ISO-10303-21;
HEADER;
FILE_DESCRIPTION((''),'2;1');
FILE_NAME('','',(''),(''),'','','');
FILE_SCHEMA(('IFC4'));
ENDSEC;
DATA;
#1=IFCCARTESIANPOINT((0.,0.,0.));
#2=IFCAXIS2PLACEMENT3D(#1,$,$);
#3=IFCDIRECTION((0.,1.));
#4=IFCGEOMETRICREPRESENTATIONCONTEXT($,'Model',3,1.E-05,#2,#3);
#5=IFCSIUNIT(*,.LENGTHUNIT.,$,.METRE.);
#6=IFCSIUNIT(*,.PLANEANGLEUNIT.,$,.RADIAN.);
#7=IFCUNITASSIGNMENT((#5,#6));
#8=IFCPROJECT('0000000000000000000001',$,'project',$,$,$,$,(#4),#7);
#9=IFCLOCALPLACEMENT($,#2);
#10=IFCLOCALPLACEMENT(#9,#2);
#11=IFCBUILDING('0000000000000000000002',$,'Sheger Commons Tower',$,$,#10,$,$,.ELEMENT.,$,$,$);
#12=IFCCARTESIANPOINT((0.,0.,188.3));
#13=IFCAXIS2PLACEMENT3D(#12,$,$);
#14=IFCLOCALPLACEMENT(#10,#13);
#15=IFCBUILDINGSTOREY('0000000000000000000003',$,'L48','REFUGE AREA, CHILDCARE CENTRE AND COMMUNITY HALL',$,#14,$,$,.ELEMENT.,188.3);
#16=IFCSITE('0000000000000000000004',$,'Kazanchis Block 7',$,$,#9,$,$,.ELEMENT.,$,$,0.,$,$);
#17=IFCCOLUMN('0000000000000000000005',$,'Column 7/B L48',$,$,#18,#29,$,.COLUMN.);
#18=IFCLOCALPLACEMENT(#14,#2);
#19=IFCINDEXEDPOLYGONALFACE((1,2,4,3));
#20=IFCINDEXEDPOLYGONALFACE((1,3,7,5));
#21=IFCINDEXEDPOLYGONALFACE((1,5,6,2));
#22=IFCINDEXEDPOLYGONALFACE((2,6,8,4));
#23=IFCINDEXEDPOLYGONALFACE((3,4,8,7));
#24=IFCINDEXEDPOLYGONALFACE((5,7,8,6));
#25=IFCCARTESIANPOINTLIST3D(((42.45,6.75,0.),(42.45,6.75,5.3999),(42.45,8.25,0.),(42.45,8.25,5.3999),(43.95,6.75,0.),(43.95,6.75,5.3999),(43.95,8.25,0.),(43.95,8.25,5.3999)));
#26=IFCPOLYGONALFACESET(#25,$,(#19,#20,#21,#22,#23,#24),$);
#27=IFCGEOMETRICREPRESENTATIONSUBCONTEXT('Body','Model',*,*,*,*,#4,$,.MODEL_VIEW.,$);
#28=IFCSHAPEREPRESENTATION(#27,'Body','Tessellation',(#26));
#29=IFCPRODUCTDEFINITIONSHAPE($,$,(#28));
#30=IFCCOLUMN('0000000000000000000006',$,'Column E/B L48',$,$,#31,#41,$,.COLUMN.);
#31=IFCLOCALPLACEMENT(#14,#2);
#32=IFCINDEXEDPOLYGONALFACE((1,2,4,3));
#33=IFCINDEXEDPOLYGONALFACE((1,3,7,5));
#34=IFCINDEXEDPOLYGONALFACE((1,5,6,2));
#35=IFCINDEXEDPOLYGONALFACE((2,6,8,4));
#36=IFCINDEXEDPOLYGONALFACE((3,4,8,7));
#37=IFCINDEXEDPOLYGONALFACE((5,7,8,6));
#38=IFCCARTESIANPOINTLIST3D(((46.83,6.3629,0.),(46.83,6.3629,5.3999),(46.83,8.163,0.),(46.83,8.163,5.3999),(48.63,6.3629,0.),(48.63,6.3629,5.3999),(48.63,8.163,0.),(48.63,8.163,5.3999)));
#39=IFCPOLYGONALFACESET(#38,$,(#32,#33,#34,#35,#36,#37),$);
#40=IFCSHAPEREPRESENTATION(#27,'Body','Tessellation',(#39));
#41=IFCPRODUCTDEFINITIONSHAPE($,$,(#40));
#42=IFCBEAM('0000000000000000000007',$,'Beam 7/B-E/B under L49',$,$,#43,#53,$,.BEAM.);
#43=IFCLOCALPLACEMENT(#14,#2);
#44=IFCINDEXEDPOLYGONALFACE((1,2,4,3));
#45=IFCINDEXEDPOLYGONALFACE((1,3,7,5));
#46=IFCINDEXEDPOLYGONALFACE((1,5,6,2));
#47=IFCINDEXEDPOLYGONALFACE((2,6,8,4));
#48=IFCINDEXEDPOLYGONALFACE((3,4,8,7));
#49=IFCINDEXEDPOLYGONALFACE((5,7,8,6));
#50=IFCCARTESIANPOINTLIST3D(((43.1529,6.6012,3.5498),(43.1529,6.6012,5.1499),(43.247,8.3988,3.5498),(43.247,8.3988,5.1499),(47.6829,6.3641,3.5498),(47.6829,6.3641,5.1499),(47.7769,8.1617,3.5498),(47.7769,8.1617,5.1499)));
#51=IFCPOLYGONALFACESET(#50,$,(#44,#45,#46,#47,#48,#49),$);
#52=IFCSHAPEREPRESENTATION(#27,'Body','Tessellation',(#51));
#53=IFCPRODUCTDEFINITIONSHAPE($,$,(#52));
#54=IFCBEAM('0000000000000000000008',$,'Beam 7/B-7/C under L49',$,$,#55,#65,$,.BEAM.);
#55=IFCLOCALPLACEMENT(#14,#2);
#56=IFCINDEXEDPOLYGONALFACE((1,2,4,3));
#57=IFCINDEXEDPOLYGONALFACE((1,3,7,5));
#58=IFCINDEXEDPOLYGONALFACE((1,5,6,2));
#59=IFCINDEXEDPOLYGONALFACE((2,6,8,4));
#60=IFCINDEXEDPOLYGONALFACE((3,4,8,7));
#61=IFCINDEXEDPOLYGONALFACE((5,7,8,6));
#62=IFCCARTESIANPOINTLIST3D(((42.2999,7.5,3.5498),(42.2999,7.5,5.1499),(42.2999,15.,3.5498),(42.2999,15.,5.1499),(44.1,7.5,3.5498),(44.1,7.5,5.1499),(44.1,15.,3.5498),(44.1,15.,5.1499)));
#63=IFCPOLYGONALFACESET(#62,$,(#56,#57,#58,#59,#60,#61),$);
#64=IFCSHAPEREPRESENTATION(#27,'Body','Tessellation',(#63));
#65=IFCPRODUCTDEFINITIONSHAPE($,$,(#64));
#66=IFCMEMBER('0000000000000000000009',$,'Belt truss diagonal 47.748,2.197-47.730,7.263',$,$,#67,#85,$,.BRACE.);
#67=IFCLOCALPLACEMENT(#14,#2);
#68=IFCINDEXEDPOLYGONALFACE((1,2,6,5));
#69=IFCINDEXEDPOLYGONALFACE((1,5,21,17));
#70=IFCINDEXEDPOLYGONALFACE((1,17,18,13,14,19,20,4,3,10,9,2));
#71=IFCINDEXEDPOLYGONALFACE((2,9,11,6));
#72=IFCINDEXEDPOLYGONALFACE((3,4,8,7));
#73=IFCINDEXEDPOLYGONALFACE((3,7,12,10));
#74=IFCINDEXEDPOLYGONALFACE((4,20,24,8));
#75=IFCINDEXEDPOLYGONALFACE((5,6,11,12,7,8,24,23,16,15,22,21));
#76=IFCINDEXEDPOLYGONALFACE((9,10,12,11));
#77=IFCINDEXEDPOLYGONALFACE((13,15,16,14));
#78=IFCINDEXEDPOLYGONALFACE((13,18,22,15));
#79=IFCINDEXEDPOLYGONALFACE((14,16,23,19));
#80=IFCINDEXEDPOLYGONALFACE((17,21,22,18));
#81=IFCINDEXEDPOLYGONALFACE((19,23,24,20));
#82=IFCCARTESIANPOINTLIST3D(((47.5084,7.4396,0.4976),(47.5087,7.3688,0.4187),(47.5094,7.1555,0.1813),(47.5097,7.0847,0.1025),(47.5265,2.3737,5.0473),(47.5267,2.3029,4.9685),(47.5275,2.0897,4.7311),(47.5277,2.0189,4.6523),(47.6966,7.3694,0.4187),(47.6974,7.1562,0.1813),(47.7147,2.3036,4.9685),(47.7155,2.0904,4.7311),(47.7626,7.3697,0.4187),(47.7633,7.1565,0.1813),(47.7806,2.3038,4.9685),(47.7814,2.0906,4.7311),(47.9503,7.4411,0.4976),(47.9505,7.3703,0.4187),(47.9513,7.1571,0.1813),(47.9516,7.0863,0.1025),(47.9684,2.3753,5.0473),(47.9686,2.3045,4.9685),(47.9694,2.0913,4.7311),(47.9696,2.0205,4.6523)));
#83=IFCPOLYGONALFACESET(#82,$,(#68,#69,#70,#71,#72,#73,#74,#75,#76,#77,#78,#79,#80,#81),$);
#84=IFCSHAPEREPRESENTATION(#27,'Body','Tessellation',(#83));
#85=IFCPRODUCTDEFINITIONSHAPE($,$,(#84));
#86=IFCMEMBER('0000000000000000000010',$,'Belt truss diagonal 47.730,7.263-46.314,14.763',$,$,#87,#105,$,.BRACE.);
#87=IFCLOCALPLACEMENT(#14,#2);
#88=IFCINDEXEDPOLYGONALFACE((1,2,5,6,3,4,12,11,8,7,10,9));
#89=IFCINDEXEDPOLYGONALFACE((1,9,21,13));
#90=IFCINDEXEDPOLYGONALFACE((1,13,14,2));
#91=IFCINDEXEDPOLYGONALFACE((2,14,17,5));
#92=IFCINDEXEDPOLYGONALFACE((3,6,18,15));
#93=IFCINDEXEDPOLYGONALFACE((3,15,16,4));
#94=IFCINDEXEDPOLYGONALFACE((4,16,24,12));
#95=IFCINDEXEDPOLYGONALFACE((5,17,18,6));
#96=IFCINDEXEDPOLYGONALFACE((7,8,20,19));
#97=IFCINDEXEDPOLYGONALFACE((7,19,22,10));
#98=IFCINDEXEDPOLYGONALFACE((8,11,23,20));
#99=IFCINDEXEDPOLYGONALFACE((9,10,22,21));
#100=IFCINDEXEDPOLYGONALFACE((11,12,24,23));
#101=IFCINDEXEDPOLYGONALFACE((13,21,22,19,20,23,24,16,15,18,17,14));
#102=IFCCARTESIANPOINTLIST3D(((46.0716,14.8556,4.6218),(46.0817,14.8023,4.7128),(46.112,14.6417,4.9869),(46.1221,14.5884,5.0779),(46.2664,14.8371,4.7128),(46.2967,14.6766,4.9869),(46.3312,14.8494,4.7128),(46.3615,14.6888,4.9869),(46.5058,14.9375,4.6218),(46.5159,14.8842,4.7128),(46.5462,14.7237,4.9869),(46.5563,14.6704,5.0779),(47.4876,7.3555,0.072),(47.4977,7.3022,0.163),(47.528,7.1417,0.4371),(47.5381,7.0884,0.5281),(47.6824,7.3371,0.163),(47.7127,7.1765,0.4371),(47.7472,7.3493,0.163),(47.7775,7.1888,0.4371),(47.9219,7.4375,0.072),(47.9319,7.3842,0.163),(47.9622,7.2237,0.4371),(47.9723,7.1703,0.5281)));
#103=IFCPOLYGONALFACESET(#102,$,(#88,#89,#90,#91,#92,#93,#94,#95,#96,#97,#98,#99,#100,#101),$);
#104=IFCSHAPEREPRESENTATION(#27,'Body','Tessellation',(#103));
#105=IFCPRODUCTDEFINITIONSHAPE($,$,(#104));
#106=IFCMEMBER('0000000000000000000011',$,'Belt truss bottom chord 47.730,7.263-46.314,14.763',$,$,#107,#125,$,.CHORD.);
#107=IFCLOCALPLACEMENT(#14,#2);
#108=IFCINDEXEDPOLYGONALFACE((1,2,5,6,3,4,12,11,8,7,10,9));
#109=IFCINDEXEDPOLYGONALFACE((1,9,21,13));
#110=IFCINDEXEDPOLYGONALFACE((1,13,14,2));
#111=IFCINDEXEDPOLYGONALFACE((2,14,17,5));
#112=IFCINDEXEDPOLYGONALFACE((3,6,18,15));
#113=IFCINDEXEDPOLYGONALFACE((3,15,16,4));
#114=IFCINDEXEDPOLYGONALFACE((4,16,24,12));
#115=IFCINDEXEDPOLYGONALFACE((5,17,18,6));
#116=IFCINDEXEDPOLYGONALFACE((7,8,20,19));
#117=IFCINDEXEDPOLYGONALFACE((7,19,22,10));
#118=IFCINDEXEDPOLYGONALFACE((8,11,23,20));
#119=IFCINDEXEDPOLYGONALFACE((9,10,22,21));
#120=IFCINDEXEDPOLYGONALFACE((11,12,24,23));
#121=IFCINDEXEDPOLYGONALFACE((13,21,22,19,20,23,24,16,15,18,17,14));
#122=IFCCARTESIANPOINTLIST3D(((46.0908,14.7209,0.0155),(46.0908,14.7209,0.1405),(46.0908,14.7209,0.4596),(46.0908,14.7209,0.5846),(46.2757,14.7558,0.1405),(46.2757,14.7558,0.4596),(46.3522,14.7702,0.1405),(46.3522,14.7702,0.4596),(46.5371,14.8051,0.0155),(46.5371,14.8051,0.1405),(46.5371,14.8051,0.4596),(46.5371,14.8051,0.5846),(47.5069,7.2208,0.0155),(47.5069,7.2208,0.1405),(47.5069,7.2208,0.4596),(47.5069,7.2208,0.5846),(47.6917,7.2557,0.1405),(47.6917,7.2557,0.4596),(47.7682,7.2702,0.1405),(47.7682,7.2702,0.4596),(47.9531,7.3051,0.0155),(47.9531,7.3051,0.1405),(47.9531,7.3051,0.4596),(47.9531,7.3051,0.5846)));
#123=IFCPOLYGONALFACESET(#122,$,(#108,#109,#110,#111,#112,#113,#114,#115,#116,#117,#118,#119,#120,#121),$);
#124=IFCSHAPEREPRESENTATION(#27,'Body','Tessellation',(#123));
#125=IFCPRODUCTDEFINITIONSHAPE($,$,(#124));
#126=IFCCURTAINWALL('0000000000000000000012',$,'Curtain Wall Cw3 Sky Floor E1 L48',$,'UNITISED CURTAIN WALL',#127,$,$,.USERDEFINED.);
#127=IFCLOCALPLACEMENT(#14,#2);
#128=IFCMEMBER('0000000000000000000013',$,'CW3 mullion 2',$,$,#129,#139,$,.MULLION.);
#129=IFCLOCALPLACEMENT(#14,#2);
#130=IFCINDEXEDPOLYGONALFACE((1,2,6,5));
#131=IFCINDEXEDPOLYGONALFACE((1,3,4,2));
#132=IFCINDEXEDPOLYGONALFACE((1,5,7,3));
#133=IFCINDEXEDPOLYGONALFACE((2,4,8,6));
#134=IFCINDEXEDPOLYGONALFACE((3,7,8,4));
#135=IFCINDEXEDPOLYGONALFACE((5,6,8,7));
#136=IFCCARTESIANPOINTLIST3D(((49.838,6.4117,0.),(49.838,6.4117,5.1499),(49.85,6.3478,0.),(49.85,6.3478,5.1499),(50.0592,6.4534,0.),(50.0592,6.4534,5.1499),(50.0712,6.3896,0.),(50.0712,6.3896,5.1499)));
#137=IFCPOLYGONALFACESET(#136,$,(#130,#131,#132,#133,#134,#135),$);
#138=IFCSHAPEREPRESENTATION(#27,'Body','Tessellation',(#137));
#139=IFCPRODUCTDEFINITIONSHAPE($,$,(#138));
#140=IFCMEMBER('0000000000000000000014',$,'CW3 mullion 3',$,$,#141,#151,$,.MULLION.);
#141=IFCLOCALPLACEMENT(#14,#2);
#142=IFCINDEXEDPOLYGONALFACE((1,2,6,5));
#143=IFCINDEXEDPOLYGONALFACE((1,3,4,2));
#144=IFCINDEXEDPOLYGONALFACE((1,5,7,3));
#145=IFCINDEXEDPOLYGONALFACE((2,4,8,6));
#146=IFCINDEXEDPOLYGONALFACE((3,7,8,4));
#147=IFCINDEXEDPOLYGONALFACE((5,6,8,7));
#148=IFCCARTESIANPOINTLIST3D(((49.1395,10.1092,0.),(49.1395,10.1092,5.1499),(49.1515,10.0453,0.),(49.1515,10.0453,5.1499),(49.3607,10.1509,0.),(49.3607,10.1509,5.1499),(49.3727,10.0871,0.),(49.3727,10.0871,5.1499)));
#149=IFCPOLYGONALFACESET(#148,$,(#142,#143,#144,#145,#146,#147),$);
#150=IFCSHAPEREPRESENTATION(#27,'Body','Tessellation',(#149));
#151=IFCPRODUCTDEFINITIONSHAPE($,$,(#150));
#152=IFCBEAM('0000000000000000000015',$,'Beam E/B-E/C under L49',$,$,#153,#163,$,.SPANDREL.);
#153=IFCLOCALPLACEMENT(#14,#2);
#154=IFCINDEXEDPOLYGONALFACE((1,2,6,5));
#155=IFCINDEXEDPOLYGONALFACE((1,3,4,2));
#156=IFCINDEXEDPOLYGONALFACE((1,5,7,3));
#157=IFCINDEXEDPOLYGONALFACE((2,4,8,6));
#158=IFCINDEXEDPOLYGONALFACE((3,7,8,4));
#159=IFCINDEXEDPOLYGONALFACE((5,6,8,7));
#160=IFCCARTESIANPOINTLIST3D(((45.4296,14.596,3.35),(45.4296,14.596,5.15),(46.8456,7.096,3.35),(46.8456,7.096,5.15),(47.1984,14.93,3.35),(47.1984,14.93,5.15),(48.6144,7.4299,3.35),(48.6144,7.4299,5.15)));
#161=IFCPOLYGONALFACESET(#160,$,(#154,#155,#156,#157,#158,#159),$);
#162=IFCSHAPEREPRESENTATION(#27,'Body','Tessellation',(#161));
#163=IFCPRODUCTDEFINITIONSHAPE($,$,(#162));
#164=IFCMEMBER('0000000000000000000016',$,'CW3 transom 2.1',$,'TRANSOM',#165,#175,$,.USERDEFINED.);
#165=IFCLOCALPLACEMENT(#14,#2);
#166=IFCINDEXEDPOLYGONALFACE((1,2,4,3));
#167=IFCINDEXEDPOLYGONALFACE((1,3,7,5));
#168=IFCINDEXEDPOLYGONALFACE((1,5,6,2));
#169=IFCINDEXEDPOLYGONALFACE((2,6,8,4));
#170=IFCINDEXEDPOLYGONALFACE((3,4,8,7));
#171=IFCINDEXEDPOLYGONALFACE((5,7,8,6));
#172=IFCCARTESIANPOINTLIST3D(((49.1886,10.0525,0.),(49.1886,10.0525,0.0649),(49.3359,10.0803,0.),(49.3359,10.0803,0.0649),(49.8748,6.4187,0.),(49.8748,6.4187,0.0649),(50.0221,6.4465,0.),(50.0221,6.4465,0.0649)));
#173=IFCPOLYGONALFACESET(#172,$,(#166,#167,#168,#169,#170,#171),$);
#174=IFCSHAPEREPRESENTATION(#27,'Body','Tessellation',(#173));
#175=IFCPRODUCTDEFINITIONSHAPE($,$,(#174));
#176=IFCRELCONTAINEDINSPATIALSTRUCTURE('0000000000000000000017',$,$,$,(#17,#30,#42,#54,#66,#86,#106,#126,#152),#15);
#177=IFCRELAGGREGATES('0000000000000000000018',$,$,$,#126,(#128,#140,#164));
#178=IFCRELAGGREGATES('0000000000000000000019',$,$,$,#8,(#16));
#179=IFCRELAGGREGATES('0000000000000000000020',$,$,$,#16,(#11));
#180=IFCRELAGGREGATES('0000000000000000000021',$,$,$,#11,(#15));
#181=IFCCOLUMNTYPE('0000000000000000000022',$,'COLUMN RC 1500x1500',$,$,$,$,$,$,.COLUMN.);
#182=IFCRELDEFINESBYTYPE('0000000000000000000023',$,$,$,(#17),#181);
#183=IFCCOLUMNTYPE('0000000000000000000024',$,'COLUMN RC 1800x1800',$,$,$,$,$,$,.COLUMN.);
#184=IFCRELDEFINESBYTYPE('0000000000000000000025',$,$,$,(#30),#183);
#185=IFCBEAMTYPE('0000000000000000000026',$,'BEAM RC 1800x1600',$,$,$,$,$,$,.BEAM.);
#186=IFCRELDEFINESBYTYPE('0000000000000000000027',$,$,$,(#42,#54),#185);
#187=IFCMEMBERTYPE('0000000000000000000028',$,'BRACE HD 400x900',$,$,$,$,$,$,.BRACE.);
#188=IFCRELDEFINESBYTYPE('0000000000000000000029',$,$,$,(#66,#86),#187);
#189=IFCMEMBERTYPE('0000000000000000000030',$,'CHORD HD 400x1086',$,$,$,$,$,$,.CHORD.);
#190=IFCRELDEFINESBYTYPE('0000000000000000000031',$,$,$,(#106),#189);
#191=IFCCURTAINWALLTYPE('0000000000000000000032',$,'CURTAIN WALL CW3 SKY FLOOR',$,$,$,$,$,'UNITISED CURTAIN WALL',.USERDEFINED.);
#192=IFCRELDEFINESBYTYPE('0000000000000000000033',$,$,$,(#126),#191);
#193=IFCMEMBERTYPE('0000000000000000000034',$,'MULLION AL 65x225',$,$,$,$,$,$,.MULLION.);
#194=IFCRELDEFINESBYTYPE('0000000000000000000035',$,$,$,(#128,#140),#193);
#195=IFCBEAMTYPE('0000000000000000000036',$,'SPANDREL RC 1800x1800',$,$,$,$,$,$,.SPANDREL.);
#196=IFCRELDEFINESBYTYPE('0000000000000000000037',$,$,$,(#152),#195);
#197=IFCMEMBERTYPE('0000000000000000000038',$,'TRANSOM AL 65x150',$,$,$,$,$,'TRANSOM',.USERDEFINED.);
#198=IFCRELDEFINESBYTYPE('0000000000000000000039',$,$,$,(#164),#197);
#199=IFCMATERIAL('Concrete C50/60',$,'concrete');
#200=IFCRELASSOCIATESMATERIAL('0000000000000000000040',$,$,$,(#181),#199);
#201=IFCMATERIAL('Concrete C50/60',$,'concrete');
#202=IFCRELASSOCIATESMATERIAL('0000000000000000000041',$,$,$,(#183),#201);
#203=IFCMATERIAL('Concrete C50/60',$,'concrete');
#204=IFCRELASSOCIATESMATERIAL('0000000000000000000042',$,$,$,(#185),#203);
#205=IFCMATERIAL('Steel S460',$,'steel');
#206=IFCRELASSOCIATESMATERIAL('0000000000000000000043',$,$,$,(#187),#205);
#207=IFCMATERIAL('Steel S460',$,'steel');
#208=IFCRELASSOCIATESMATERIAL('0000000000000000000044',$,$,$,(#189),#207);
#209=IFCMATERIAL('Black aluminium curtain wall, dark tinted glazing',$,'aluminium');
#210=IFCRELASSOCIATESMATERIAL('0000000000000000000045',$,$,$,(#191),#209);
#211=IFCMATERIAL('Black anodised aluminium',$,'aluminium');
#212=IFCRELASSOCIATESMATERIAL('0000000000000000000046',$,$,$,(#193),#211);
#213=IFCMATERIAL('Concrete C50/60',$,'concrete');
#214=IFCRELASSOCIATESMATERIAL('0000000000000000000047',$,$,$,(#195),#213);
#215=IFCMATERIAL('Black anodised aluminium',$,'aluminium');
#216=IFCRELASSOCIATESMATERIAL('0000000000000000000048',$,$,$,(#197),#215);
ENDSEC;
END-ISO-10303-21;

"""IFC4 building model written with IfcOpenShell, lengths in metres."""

from ifc_helpers import new_model, si_unit, direction, frame, origin, origin_2d, place, context, subcontext, project, spatial, rectangle, i_section, extrude, material, material_profile, profile_set, type_object, element, aggregate, save


model = new_model("IFC4")

# Units and contexts
model_context = context("Model", 3, precision=1e-05, world=origin(), true_north=direction((0.0, 1.0)))
body_context = subcontext(model_context, "Body", "Model", "MODEL_VIEW")
ifc_project = project(units=[si_unit("LENGTHUNIT", "METRE"), si_unit("PLANEANGLEUNIT", "RADIAN")], contexts=[model_context])

# Site, building, storey
site_placement = place(None, origin())
site = spatial("IfcSite", under=ifc_project, at=site_placement, Name="Kazanchis Block 7", CompositionType="ELEMENT", RefElevation=0.0)
building_placement = place(site_placement, origin())
building = spatial("IfcBuilding", under=site, at=building_placement, Name="Sheger Commons Tower", CompositionType="ELEMENT")
storey_placement = place(building_placement, frame((0.0, 0.0, 188.3)))
storey = spatial("IfcBuildingStorey", under=building, at=storey_placement, Name="L48", Description="REFUGE AREA, CHILDCARE CENTRE AND COMMUNITY HALL", CompositionType="ELEMENT", Elevation=188.3)

# Columns
ifc_material_1 = material(Name="Concrete C50/60", Category="concrete")
ifc_material_profile_1 = material_profile(ifc_material_1, rectangle(XDim=1.5, YDim=1.5, at=origin_2d()), Name="RC 1500x1500")
ifc_profile_set_1 = profile_set([ifc_material_profile_1], Name="Concrete C50/60")
column_type_1 = type_object("IfcColumnType", Name="COLUMN RC 1500x1500", PredefinedType="COLUMN", material=ifc_profile_set_1)
column_1_placement = place(storey_placement, frame((43.2, 7.5, 0.0), z_axis=(0.0, 0.0, 1.0), x_axis=(1.0, 0.0, 0.0)))
element("IfcColumn", 1, at=column_1_placement, inside=storey, type_object=column_type_1, Name="Column 7/B L48", PredefinedType="COLUMN", context=body_context, shape_type="SweptSolid", body=[
    extrude(rectangle(XDim=1.5, YDim=1.5, at=origin_2d()), origin(), (0.0, 0.0, 1.0), 5.3999),
])
ifc_material_2 = material(Name="Concrete C50/60", Category="concrete")
ifc_material_profile_2 = material_profile(ifc_material_2, rectangle(XDim=1.8, YDim=1.8, at=origin_2d()), Name="RC 1800x1800")
ifc_profile_set_2 = profile_set([ifc_material_profile_2], Name="Concrete C50/60")
column_type_2 = type_object("IfcColumnType", Name="COLUMN RC 1800x1800", PredefinedType="COLUMN", material=ifc_profile_set_2)
column_2_placement = place(storey_placement, frame((47.73, 7.2629, 0.0), z_axis=(0.0, 0.0, 1.0), x_axis=(1.0, 0.0, 0.0)))
element("IfcColumn", 2, at=column_2_placement, inside=storey, type_object=column_type_2, Name="Column E/B L48", PredefinedType="COLUMN", context=body_context, shape_type="SweptSolid", body=[
    extrude(rectangle(XDim=1.8, YDim=1.8, at=origin_2d()), origin(), (0.0, 0.0, 1.0), 5.3999),
])

# Beams
ifc_material_3 = material(Name="Concrete C50/60", Category="concrete")
ifc_material_profile_3 = material_profile(ifc_material_3, rectangle(XDim=1.8, YDim=1.6001, at=origin_2d()), Name="RC 1800x1600")
ifc_profile_set_3 = profile_set([ifc_material_profile_3], Name="Concrete C50/60")
beam_type_1 = type_object("IfcBeamType", Name="BEAM RC 1800x1600", PredefinedType="BEAM", material=ifc_profile_set_3)
beam_1_placement = place(storey_placement, frame((43.2, 7.5, 4.3499), z_axis=(0.998634, -0.052259, 0.0), x_axis=(0.052259, 0.998634, 0.0)))
element("IfcBeam", 3, at=beam_1_placement, inside=storey, type_object=beam_type_1, Name="Beam 7/B-E/B under L49", PredefinedType="BEAM", context=body_context, shape_type="SweptSolid", body=[
    extrude(rectangle(XDim=1.8, YDim=1.6001, at=origin_2d()), origin(), (0.0, 0.0, 1.0), 4.5361),
])
beam_2_placement = place(storey_placement, frame((43.2, 7.5, 4.3499), z_axis=(0.0, 1.0, 0.0), x_axis=(-1.0, 0.0, 0.0)))
element("IfcBeam", 4, at=beam_2_placement, inside=storey, type_object=beam_type_1, Name="Beam 7/B-7/C under L49", PredefinedType="BEAM", context=body_context, shape_type="SweptSolid", body=[
    extrude(rectangle(XDim=1.8, YDim=1.6001, at=origin_2d()), origin(), (0.0, 0.0, 1.0), 7.5),
])

# Members
ifc_material_4 = material(Name="Steel S460", Category="steel")
ifc_material_profile_4 = material_profile(ifc_material_4, i_section(OverallWidth=0.4419, OverallDepth=0.531, WebThickness=0.0659, FlangeThickness=0.106, at=origin_2d()), Name="HD 400x900")
ifc_profile_set_4 = profile_set([ifc_material_profile_4], Name="Steel S460")
member_type_1 = type_object("IfcMemberType", Name="BRACE HD 400x900", PredefinedType="BRACE", material=ifc_profile_set_4)
member_1_placement = place(storey_placement, frame((47.73, 7.2629, 0.3), z_axis=(0.002653, -0.743986, 0.668189), x_axis=(0.999994, 0.003566, 0.0)))
element("IfcMember", 5, at=member_1_placement, inside=storey, type_object=member_type_1, Name="Belt truss diagonal 47.748,2.197-47.730,7.263", PredefinedType="BRACE", context=body_context, shape_type="SweptSolid", body=[
    extrude(i_section(OverallWidth=0.4419, OverallDepth=0.531, WebThickness=0.0659, FlangeThickness=0.106, at=origin_2d()), origin(), (0.0, 0.0, 1.0), 6.8091),
])
member_2_placement = place(storey_placement, frame((47.73, 7.2629, 0.3), z_axis=(-0.159359, 0.844052, 0.512036), x_axis=(-0.98264, -0.185524, 0.0)))
element("IfcMember", 6, at=member_2_placement, inside=storey, type_object=member_type_1, Name="Belt truss diagonal 47.730,7.263-46.314,14.763", PredefinedType="BRACE", context=body_context, shape_type="SweptSolid", body=[
    extrude(i_section(OverallWidth=0.4419, OverallDepth=0.531, WebThickness=0.0659, FlangeThickness=0.106, at=origin_2d()), origin(), (0.0, 0.0, 1.0), 8.8857),
])
ifc_material_5 = material(Name="Steel S460", Category="steel")
ifc_material_profile_5 = material_profile(ifc_material_5, i_section(OverallWidth=0.4541, OverallDepth=0.5691, WebThickness=0.0779, FlangeThickness=0.125, at=origin_2d()), Name="HD 400x1086")
ifc_profile_set_5 = profile_set([ifc_material_profile_5], Name="Steel S460")
member_type_2 = type_object("IfcMemberType", Name="CHORD HD 400x1086", PredefinedType="CHORD", material=ifc_profile_set_5)
member_3_placement = place(storey_placement, frame((47.73, 7.2629, 0.3), z_axis=(-0.185524, 0.98264, 0.0), x_axis=(-0.98264, -0.185524, 0.0)))
element("IfcMember", 7, at=member_3_placement, inside=storey, type_object=member_type_2, Name="Belt truss bottom chord 47.730,7.263-46.314,14.763", PredefinedType="CHORD", context=body_context, shape_type="SweptSolid", body=[
    extrude(i_section(OverallWidth=0.4541, OverallDepth=0.5691, WebThickness=0.0779, FlangeThickness=0.125, at=origin_2d()), origin(), (0.0, 0.0, 1.0), 7.6326),
])

# Curtain wall, members
ifc_material_6 = material(Name="Black aluminium curtain wall, dark tinted glazing", Category="aluminium")
curtain_wall_type = type_object("IfcCurtainWallType", Name="CURTAIN WALL CW3 SKY FLOOR", ElementType="UNITISED CURTAIN WALL", PredefinedType="USERDEFINED", material=ifc_material_6)
curtain_wall_placement = place(storey_placement, origin())
curtain_wall = element("IfcCurtainWall", 8, at=curtain_wall_placement, inside=storey, type_object=curtain_wall_type, Name="Curtain Wall Cw3 Sky Floor E1 L48", ObjectType="UNITISED CURTAIN WALL", PredefinedType="USERDEFINED")
ifc_material_7 = material(Name="Black anodised aluminium", Category="aluminium")
ifc_material_profile_6 = material_profile(ifc_material_7, rectangle(XDim=0.2251, YDim=0.0649, at=origin_2d()), Name="AL 65x225")
ifc_profile_set_6 = profile_set([ifc_material_profile_6], Name="Black anodised aluminium")
member_type_3 = type_object("IfcMemberType", Name="MULLION AL 65x225", PredefinedType="MULLION", material=ifc_profile_set_6)
member_4_placement = place(storey_placement, frame((49.9546, 6.4006, 0.0), z_axis=(0.0, 0.0, 1.0), x_axis=(-0.982624, -0.18561, 0.0)))
member_4 = element("IfcMember", 9, at=member_4_placement, type_object=member_type_3, Name="CW3 mullion 2", PredefinedType="MULLION", context=body_context, shape_type="SweptSolid", body=[
    extrude(rectangle(XDim=0.2251, YDim=0.0649, at=origin_2d()), origin(), (0.0, 0.0, 1.0), 5.1499),
])
member_5_placement = place(storey_placement, frame((49.2561, 10.0981, 0.0), z_axis=(0.0, 0.0, 1.0), x_axis=(-0.982624, -0.18561, 0.0)))
member_5 = element("IfcMember", 10, at=member_5_placement, type_object=member_type_3, Name="CW3 mullion 3", PredefinedType="MULLION", context=body_context, shape_type="SweptSolid", body=[
    extrude(rectangle(XDim=0.2251, YDim=0.0649, at=origin_2d()), origin(), (0.0, 0.0, 1.0), 5.1499),
])

# Beam
ifc_material_8 = material(Name="Concrete C50/60", Category="concrete")
ifc_material_profile_7 = material_profile(ifc_material_8, rectangle(XDim=1.8, YDim=1.8, at=origin_2d()), Name="RC 1800x1800")
ifc_profile_set_7 = profile_set([ifc_material_profile_7], Name="Concrete C50/60")
beam_type_2 = type_object("IfcBeamType", Name="SPANDREL RC 1800x1800", PredefinedType="SPANDREL", material=ifc_profile_set_7)
beam_3_placement = place(storey_placement, frame((47.73, 7.2629, 4.25), z_axis=(-0.185524, 0.98264, 0.0), x_axis=(-0.98264, -0.185524, 0.0)))
element("IfcBeam", 11, at=beam_3_placement, inside=storey, type_object=beam_type_2, Name="Beam E/B-E/C under L49", PredefinedType="SPANDREL", context=body_context, shape_type="SweptSolid", body=[
    extrude(rectangle(XDim=1.8, YDim=1.8, at=origin_2d()), origin(), (0.0, 0.0, 1.0), 7.6326),
])

# Member
ifc_material_9 = material(Name="Black anodised aluminium", Category="aluminium")
ifc_material_profile_8 = material_profile(ifc_material_9, rectangle(XDim=0.1499, YDim=0.0649, at=origin_2d()), Name="AL 65x150")
ifc_profile_set_8 = profile_set([ifc_material_profile_8], Name="Black anodised aluminium")
member_type_4 = type_object("IfcMemberType", Name="TRANSOM AL 65x150", ElementType="TRANSOM", PredefinedType="USERDEFINED", material=ifc_profile_set_8)
member_6_placement = place(storey_placement, frame((49.9485, 6.4326, 0.0325), z_axis=(-0.18558, 0.982629, 0.0), x_axis=(-0.982629, -0.18558, 0.0)))
member_6 = element("IfcMember", 12, at=member_6_placement, type_object=member_type_4, Name="CW3 transom 2.1", ObjectType="TRANSOM", PredefinedType="USERDEFINED", context=body_context, shape_type="SweptSolid", body=[
    extrude(rectangle(XDim=0.1499, YDim=0.0649, at=origin_2d()), origin(), (0.0, 0.0, 1.0), 3.698),
])

aggregate(curtain_wall, [member_4, member_5, member_6])

save(model, "model.ifc")
